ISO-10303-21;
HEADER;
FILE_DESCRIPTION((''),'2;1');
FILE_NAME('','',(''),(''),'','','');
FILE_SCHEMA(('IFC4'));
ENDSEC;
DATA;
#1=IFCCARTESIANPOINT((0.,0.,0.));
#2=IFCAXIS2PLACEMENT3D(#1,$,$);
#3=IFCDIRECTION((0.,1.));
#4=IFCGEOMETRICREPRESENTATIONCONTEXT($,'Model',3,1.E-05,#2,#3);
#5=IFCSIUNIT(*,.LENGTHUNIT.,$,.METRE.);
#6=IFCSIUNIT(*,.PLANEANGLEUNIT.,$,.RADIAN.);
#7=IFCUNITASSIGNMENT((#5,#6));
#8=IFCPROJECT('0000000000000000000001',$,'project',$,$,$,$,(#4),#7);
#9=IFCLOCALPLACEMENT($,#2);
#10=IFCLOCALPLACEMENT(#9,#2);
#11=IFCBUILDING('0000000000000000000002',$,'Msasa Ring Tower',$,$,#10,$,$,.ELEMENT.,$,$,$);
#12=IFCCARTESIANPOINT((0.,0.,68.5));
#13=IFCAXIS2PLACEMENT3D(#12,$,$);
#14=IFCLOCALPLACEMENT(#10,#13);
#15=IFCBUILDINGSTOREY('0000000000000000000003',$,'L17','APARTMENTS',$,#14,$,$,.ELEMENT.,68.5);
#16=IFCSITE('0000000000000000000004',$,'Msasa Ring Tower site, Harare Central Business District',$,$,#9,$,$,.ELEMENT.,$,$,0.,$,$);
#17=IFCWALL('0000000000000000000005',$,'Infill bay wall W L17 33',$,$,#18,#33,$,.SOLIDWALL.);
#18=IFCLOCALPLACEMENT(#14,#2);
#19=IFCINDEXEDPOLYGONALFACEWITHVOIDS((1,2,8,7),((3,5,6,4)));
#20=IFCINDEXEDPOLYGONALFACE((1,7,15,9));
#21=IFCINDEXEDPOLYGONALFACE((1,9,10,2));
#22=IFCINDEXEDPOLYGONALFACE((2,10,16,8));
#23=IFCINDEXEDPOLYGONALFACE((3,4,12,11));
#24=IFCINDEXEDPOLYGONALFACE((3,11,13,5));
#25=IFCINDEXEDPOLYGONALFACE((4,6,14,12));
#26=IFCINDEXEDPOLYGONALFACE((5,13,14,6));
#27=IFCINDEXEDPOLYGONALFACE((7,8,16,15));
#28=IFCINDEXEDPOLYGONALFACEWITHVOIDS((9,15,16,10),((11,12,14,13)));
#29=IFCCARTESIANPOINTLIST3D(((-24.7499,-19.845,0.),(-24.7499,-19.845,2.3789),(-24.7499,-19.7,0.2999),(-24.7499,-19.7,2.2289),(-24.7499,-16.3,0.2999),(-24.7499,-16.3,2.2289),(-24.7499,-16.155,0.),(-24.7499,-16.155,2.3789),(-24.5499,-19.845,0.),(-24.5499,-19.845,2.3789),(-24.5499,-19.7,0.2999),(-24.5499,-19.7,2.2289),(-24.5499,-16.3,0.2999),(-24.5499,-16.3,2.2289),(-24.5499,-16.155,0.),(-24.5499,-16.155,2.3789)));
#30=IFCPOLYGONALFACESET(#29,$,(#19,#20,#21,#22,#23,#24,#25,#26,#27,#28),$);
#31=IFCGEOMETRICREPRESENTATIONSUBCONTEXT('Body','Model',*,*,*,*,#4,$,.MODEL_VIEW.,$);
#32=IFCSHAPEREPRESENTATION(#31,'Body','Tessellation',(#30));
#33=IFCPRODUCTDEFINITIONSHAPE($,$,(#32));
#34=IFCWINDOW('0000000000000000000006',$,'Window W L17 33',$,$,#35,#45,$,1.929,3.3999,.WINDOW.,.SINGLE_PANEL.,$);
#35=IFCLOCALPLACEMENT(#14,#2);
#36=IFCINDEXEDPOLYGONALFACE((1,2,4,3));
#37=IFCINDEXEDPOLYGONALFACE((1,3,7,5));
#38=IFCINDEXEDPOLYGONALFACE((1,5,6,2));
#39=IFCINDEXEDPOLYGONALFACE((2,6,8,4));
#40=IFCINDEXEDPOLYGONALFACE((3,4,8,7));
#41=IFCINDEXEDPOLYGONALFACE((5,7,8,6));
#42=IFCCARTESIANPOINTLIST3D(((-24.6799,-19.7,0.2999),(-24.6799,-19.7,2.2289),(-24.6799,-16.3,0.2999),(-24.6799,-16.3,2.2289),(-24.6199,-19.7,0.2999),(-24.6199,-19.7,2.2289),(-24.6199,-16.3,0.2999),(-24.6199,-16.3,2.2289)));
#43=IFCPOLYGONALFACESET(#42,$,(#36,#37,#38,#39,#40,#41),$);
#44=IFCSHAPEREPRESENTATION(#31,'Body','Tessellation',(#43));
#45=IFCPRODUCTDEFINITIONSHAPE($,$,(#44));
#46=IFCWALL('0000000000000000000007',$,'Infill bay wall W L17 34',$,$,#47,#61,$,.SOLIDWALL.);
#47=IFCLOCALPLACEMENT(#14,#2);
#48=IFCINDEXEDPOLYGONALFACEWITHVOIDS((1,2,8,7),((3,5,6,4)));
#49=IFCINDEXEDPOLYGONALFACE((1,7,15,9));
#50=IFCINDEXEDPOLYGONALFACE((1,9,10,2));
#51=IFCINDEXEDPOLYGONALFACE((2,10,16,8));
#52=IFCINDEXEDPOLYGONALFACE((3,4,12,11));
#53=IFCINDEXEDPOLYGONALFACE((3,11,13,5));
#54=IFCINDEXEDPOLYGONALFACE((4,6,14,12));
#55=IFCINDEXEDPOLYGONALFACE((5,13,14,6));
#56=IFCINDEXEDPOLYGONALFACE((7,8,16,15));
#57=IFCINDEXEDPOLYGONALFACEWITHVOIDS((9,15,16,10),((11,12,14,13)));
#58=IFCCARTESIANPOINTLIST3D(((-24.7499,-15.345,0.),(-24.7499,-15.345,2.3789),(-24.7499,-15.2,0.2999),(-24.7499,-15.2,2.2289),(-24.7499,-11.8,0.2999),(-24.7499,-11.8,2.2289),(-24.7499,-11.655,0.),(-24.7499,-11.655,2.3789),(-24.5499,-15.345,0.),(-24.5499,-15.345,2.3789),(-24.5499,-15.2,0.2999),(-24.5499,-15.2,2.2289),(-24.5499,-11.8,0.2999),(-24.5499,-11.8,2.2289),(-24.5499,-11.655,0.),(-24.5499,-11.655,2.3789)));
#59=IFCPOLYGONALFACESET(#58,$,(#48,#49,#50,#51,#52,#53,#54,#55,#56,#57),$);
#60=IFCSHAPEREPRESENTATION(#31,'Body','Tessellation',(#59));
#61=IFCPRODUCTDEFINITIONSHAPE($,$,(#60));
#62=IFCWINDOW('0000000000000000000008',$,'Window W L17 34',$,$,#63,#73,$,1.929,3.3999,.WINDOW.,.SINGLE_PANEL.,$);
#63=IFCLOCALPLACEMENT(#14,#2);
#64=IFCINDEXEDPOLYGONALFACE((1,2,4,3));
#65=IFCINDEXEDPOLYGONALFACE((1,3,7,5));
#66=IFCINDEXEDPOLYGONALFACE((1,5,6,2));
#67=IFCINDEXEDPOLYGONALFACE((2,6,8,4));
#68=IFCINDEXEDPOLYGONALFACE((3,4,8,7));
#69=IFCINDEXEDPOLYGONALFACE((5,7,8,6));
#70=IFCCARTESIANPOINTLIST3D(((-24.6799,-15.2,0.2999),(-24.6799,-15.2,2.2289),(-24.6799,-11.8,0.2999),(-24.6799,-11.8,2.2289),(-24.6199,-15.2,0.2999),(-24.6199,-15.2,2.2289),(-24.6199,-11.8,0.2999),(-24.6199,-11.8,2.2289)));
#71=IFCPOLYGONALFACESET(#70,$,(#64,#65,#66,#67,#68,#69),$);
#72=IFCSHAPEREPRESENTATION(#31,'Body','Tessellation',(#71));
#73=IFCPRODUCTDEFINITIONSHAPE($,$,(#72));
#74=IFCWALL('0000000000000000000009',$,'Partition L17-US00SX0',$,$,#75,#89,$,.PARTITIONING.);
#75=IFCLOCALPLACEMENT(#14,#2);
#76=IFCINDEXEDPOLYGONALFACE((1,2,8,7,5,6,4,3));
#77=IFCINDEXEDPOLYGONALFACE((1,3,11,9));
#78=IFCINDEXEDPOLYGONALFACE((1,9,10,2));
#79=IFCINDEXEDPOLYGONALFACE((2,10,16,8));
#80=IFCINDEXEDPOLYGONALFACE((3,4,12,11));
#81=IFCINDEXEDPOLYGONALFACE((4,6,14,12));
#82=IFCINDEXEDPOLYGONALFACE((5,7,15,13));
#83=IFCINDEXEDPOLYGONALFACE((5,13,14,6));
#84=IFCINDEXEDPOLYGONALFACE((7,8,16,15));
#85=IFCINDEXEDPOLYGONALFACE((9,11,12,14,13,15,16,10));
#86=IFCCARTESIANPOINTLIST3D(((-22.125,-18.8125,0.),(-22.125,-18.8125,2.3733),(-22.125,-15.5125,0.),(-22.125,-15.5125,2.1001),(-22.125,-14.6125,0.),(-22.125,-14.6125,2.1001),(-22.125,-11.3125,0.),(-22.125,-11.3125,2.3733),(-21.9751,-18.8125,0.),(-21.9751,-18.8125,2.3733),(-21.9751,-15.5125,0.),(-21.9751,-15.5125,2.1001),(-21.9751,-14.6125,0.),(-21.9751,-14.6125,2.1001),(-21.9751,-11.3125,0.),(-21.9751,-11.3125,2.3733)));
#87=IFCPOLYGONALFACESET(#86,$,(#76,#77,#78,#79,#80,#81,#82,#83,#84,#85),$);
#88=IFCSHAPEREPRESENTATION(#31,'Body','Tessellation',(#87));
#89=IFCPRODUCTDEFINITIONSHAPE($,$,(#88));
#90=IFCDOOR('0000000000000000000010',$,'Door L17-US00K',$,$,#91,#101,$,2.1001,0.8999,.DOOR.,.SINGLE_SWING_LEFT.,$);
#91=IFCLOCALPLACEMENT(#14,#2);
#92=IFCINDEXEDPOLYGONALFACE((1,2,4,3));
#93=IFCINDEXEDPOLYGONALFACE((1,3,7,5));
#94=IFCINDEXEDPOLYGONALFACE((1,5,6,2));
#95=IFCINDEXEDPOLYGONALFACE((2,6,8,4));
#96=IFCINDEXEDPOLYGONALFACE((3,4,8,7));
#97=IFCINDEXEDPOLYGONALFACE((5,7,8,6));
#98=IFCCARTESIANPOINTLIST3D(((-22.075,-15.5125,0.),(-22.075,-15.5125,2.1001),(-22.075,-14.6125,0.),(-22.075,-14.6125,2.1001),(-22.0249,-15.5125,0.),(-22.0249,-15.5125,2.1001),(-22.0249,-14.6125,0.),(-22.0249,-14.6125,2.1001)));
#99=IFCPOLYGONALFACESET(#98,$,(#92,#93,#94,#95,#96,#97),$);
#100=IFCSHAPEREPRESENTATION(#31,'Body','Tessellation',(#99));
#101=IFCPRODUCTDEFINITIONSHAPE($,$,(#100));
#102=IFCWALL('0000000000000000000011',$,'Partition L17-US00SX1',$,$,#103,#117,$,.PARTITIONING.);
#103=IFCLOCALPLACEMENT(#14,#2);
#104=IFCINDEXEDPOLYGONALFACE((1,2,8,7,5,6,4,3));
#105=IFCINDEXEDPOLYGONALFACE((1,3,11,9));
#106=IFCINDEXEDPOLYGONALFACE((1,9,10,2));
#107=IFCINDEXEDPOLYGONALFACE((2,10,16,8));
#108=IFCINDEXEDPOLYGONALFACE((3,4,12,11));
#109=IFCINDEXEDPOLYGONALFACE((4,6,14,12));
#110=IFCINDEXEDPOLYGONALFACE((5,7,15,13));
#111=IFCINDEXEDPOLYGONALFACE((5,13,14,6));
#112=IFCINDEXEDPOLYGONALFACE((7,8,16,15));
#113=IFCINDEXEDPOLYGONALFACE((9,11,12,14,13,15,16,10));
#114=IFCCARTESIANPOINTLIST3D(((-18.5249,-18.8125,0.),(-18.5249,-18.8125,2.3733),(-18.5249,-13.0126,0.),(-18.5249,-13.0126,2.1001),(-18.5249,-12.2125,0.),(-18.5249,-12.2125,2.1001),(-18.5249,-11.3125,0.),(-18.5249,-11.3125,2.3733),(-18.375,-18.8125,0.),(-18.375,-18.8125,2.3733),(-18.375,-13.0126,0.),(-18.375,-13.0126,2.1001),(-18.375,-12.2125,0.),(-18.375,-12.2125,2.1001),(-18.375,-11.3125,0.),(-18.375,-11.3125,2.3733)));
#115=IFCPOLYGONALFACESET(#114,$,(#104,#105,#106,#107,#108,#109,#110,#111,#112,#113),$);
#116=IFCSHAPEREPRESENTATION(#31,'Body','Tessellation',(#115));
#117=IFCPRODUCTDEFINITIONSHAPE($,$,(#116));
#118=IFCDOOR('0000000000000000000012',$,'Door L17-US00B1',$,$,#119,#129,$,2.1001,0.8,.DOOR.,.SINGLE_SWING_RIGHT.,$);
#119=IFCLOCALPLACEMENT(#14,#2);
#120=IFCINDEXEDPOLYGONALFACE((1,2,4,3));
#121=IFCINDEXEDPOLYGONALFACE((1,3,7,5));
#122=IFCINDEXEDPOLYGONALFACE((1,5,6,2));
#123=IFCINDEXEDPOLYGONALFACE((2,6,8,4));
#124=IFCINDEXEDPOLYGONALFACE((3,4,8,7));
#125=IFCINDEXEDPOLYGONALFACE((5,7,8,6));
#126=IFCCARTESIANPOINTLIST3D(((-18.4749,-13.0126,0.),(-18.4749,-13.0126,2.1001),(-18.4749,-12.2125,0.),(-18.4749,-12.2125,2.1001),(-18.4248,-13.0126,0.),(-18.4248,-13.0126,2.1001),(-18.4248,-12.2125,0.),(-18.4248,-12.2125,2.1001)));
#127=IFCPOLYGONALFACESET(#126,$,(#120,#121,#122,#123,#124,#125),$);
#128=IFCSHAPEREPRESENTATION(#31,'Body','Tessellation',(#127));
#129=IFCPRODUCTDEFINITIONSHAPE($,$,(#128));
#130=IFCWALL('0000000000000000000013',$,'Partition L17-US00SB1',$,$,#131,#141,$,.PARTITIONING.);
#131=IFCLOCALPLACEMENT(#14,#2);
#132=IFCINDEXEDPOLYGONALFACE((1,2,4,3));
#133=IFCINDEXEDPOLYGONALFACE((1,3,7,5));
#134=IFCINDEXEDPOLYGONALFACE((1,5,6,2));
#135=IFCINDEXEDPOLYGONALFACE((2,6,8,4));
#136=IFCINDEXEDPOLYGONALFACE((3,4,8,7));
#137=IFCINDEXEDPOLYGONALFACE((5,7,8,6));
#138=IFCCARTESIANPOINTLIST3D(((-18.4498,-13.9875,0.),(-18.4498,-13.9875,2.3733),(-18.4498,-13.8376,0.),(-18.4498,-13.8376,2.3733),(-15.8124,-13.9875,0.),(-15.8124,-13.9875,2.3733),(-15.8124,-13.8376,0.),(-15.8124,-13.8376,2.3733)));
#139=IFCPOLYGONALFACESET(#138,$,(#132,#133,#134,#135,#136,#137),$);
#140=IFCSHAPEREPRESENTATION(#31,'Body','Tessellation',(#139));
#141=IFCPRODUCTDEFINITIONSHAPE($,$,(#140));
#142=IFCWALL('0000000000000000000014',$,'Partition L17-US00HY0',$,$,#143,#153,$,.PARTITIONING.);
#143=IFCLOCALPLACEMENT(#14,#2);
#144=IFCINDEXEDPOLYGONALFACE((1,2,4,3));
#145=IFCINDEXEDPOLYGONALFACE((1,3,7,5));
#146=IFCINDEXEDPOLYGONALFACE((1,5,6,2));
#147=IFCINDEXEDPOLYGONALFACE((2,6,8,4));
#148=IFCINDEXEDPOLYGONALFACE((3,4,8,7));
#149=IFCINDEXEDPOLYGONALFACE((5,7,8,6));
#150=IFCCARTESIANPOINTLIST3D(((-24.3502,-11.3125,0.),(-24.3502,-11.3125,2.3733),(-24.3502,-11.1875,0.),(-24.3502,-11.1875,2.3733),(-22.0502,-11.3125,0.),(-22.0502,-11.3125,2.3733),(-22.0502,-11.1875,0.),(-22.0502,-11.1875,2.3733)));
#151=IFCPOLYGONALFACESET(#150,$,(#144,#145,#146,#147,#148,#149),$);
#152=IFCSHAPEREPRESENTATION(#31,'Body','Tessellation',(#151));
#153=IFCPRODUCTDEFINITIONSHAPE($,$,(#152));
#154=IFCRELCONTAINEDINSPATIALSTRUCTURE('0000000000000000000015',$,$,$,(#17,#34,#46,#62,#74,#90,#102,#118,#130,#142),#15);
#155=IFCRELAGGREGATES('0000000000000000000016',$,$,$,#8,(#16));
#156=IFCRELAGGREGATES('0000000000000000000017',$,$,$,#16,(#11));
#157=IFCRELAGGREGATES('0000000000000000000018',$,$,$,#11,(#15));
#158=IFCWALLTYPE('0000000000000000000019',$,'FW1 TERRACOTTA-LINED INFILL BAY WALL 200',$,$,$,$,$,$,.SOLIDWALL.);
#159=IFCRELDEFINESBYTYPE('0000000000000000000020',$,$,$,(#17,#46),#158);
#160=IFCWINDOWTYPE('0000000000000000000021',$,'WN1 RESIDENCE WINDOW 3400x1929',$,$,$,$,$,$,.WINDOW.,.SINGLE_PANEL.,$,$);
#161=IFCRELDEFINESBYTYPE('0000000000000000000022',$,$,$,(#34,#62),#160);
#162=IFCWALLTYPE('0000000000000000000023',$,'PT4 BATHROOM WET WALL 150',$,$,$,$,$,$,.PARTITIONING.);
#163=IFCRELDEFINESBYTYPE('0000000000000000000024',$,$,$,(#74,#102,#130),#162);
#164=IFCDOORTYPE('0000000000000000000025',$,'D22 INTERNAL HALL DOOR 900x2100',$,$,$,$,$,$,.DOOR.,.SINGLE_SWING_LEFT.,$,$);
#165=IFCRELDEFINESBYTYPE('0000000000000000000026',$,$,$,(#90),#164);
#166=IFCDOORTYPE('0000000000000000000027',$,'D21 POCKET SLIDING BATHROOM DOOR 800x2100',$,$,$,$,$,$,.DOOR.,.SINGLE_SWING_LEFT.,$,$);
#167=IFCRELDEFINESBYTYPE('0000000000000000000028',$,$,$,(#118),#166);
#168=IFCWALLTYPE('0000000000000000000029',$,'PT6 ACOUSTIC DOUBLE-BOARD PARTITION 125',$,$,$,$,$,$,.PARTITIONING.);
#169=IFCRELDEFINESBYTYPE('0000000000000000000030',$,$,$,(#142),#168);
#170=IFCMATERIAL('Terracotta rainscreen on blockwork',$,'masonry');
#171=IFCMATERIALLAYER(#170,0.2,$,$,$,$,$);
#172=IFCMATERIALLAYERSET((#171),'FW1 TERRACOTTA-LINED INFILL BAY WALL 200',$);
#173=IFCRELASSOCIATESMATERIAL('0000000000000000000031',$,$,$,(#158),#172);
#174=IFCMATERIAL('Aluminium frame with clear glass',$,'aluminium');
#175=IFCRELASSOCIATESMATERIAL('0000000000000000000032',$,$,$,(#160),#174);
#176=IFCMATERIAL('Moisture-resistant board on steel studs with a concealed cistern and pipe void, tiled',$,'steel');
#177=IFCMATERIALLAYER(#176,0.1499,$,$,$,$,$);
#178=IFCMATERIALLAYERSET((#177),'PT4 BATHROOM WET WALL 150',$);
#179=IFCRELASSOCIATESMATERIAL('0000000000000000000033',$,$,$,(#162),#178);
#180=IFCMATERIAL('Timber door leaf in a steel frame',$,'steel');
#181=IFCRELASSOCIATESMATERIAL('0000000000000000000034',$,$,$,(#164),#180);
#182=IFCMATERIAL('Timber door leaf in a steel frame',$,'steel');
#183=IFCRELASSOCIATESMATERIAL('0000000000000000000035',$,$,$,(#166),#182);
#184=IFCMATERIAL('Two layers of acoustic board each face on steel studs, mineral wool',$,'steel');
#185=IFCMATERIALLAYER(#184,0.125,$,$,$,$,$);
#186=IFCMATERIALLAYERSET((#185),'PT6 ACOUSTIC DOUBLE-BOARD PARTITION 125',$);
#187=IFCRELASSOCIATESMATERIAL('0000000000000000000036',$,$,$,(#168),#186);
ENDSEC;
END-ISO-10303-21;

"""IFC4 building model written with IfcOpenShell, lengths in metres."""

from ifc_helpers import new_model, si_unit, direction, frame, frame_2d, origin, place, context, subcontext, project, spatial, rectangle, extrude, material, layer, layer_set, type_object, element, fill, save


model = new_model("IFC4")

# Units and contexts
model_context = context("Model", 3, precision=1e-05, world=origin(), true_north=direction((0.0, 1.0)))
body_context = subcontext(model_context, "Body", "Model", "MODEL_VIEW")
ifc_project = project(units=[si_unit("LENGTHUNIT", "METRE"), si_unit("PLANEANGLEUNIT", "RADIAN")], contexts=[model_context])

# Site, building, storey
site_placement = place(None, origin())
site = spatial("IfcSite", under=ifc_project, at=site_placement, Name="Msasa Ring Tower site, Harare Central Business District", CompositionType="ELEMENT", RefElevation=0.0)
building_placement = place(site_placement, origin())
building = spatial("IfcBuilding", under=site, at=building_placement, Name="Msasa Ring Tower", CompositionType="ELEMENT")
storey_placement = place(building_placement, frame((0.0, 0.0, 68.5)))
storey = spatial("IfcBuildingStorey", under=building, at=storey_placement, Name="L17", Description="APARTMENTS", CompositionType="ELEMENT", Elevation=68.5)

# Walls, openings, windows
ifc_material_1 = material(Name="Terracotta rainscreen on blockwork", Category="masonry")
ifc_layer_1 = layer(ifc_material_1, 0.2)
ifc_layer_set_1 = layer_set([ifc_layer_1], Name="FW1 TERRACOTTA-LINED INFILL BAY WALL 200")
wall_type_1 = type_object("IfcWallType", Name="FW1 TERRACOTTA-LINED INFILL BAY WALL 200", PredefinedType="SOLIDWALL", material=ifc_layer_set_1)
wall_1_placement = place(storey_placement, frame((-24.6499, -19.845, 0.0), z_axis=(0.0, 0.0, 1.0), x_axis=(0.0, 1.0, 0.0)))
wall_1 = element("IfcWall", 1, at=wall_1_placement, inside=storey, type_object=wall_type_1, Name="Infill bay wall W L17 33", PredefinedType="SOLIDWALL", context=body_context, shape_type="SweptSolid", body=[
    extrude(rectangle(XDim=3.6899, YDim=0.2, at=frame_2d((1.845, 0.0))), origin(), (0.0, 0.0, 1.0), 2.3789),
])
opening_1_placement = place(wall_1_placement, frame((0.145, 0.0, 0.3)))
opening_1 = element("IfcOpeningElement", 2, at=opening_1_placement, cuts=wall_1, PredefinedType="OPENING", context=body_context, shape_type="SweptSolid", body=[
    extrude(rectangle(XDim=3.3999, YDim=1.929, at=frame_2d((1.7, 0.9644))), frame((0.0, 0.1099, 0.0), z_axis=(0.0, -1.0, 0.0), x_axis=(1.0, 0.0, 0.0)), (0.0, 0.0, 1.0), 0.22),
])
ifc_material_2 = material(Name="Aluminium frame with clear glass", Category="aluminium")
window_type = type_object("IfcWindowType", Name="WN1 RESIDENCE WINDOW 3400x1929", PartitioningType="SINGLE_PANEL", PredefinedType="WINDOW", material=ifc_material_2)
window_1_placement = place(opening_1_placement, origin())
window_1 = element("IfcWindow", 3, at=window_1_placement, inside=storey, type_object=window_type, Name="Window W L17 33", OverallHeight=1.929, OverallWidth=3.3999, PartitioningType="SINGLE_PANEL", PredefinedType="WINDOW", context=body_context, shape_type="SweptSolid", body=[
    extrude(rectangle(XDim=3.3999, YDim=1.929, at=frame_2d((1.7, 0.9644))), frame((0.0, 0.03, 0.0), z_axis=(0.0, -1.0, 0.0), x_axis=(1.0, 0.0, 0.0)), (0.0, 0.0, 1.0), 0.0601),
])
fill(opening_1, window_1)
wall_2_placement = place(storey_placement, frame((-24.6499, -15.345, 0.0), z_axis=(0.0, 0.0, 1.0), x_axis=(0.0, 1.0, 0.0)))
wall_2 = element("IfcWall", 4, at=wall_2_placement, inside=storey, type_object=wall_type_1, Name="Infill bay wall W L17 34", PredefinedType="SOLIDWALL", context=body_context, shape_type="SweptSolid", body=[
    extrude(rectangle(XDim=3.6899, YDim=0.2, at=frame_2d((1.845, 0.0))), origin(), (0.0, 0.0, 1.0), 2.3789),
])
opening_2_placement = place(wall_2_placement, frame((0.145, 0.0, 0.3)))
opening_2 = element("IfcOpeningElement", 5, at=opening_2_placement, cuts=wall_2, PredefinedType="OPENING", context=body_context, shape_type="SweptSolid", body=[
    extrude(rectangle(XDim=3.3999, YDim=1.929, at=frame_2d((1.7, 0.9644))), frame((0.0, 0.1099, 0.0), z_axis=(0.0, -1.0, 0.0), x_axis=(1.0, 0.0, 0.0)), (0.0, 0.0, 1.0), 0.22),
])
window_2_placement = place(opening_2_placement, origin())
window_2 = element("IfcWindow", 6, at=window_2_placement, inside=storey, type_object=window_type, Name="Window W L17 34", OverallHeight=1.929, OverallWidth=3.3999, PartitioningType="SINGLE_PANEL", PredefinedType="WINDOW", context=body_context, shape_type="SweptSolid", body=[
    extrude(rectangle(XDim=3.3999, YDim=1.929, at=frame_2d((1.7, 0.9644))), frame((0.0, 0.03, 0.0), z_axis=(0.0, -1.0, 0.0), x_axis=(1.0, 0.0, 0.0)), (0.0, 0.0, 1.0), 0.0601),
])
fill(opening_2, window_2)

# Walls, openings, doors
ifc_material_3 = material(Name="Moisture-resistant board on steel studs with a concealed cistern and pipe void, tiled", Category="steel")
ifc_layer_2 = layer(ifc_material_3, 0.1499)
ifc_layer_set_2 = layer_set([ifc_layer_2], Name="PT4 BATHROOM WET WALL 150")
wall_type_2 = type_object("IfcWallType", Name="PT4 BATHROOM WET WALL 150", PredefinedType="PARTITIONING", material=ifc_layer_set_2)
wall_3_placement = place(storey_placement, frame((-22.05, -18.8125, 0.0), z_axis=(0.0, 0.0, 1.0), x_axis=(0.0, 1.0, 0.0)))
wall_3 = element("IfcWall", 7, at=wall_3_placement, inside=storey, type_object=wall_type_2, Name="Partition L17-US00SX0", PredefinedType="PARTITIONING", context=body_context, shape_type="SweptSolid", body=[
    extrude(rectangle(XDim=7.5, YDim=0.1499, at=frame_2d((3.75, 0.0))), origin(), (0.0, 0.0, 1.0), 2.3733),
])
opening_3_placement = place(wall_3_placement, frame((3.3, 0.0, 0.0)))
opening_3 = element("IfcOpeningElement", 8, at=opening_3_placement, cuts=wall_3, PredefinedType="OPENING", context=body_context, shape_type="SweptSolid", body=[
    extrude(rectangle(XDim=0.8999, YDim=2.1001, at=frame_2d((0.45, 1.05))), frame((0.0, 0.085, 0.0), z_axis=(0.0, -1.0, 0.0), x_axis=(1.0, 0.0, 0.0)), (0.0, 0.0, 1.0), 0.1699),
])
ifc_material_4 = material(Name="Timber door leaf in a steel frame", Category="steel")
door_type_1 = type_object("IfcDoorType", Name="D22 INTERNAL HALL DOOR 900x2100", OperationType="SINGLE_SWING_LEFT", PredefinedType="DOOR", material=ifc_material_4)
door_1_placement = place(opening_3_placement, origin())
door_1 = element("IfcDoor", 9, at=door_1_placement, inside=storey, type_object=door_type_1, Name="Door L17-US00K", OperationType="SINGLE_SWING_LEFT", OverallHeight=2.1001, OverallWidth=0.8999, PredefinedType="DOOR", context=body_context, shape_type="SweptSolid", body=[
    extrude(rectangle(XDim=0.8999, YDim=2.1001, at=frame_2d((0.45, 1.05))), frame((0.0, 0.0249, 0.0), z_axis=(0.0, -1.0, 0.0), x_axis=(1.0, 0.0, 0.0)), (0.0, 0.0, 1.0), 0.05),
])
fill(opening_3, door_1)
wall_4_placement = place(storey_placement, frame((-18.45, -18.8125, 0.0), z_axis=(0.0, 0.0, 1.0), x_axis=(0.0, 1.0, 0.0)))
wall_4 = element("IfcWall", 10, at=wall_4_placement, inside=storey, type_object=wall_type_2, Name="Partition L17-US00SX1", PredefinedType="PARTITIONING", context=body_context, shape_type="SweptSolid", body=[
    extrude(rectangle(XDim=7.5, YDim=0.1499, at=frame_2d((3.75, 0.0))), origin(), (0.0, 0.0, 1.0), 2.3733),
])
opening_4_placement = place(wall_4_placement, frame((5.8, 0.0, 0.0)))
opening_4 = element("IfcOpeningElement", 11, at=opening_4_placement, cuts=wall_4, PredefinedType="OPENING", context=body_context, shape_type="SweptSolid", body=[
    extrude(rectangle(XDim=0.8, YDim=2.1001, at=frame_2d((0.3999, 1.05))), frame((0.0, 0.085, 0.0), z_axis=(0.0, -1.0, 0.0), x_axis=(1.0, 0.0, 0.0)), (0.0, 0.0, 1.0), 0.1699),
])
ifc_material_5 = material(Name="Timber door leaf in a steel frame", Category="steel")
door_type_2 = type_object("IfcDoorType", Name="D21 POCKET SLIDING BATHROOM DOOR 800x2100", OperationType="SINGLE_SWING_LEFT", PredefinedType="DOOR", material=ifc_material_5)
door_2_placement = place(opening_4_placement, origin())
door_2 = element("IfcDoor", 12, at=door_2_placement, inside=storey, type_object=door_type_2, Name="Door L17-US00B1", OperationType="SINGLE_SWING_RIGHT", OverallHeight=2.1001, OverallWidth=0.8, PredefinedType="DOOR", context=body_context, shape_type="SweptSolid", body=[
    extrude(rectangle(XDim=0.8, YDim=2.1001, at=frame_2d((0.3999, 1.05))), frame((0.0, 0.0249, 0.0), z_axis=(0.0, -1.0, 0.0), x_axis=(1.0, 0.0, 0.0)), (0.0, 0.0, 1.0), 0.05),
])
fill(opening_4, door_2)

# Walls
wall_5_placement = place(storey_placement, frame((-18.45, -13.9126, 0.0), z_axis=(0.0, 0.0, 1.0), x_axis=(1.0, 0.0, 0.0)))
element("IfcWall", 13, at=wall_5_placement, inside=storey, type_object=wall_type_2, Name="Partition L17-US00SB1", PredefinedType="PARTITIONING", context=body_context, shape_type="SweptSolid", body=[
    extrude(rectangle(XDim=2.6375, YDim=0.1499, at=frame_2d((1.3188, 0.0))), origin(), (0.0, 0.0, 1.0), 2.3733),
])
ifc_material_6 = material(Name="Two layers of acoustic board each face on steel studs, mineral wool", Category="steel")
ifc_layer_3 = layer(ifc_material_6, 0.125)
ifc_layer_set_3 = layer_set([ifc_layer_3], Name="PT6 ACOUSTIC DOUBLE-BOARD PARTITION 125")
wall_type_3 = type_object("IfcWallType", Name="PT6 ACOUSTIC DOUBLE-BOARD PARTITION 125", PredefinedType="PARTITIONING", material=ifc_layer_set_3)
wall_6_placement = place(storey_placement, frame((-24.3501, -11.25, 0.0), z_axis=(0.0, 0.0, 1.0), x_axis=(1.0, 0.0, 0.0)))
element("IfcWall", 14, at=wall_6_placement, inside=storey, type_object=wall_type_3, Name="Partition L17-US00HY0", PredefinedType="PARTITIONING", context=body_context, shape_type="SweptSolid", body=[
    extrude(rectangle(XDim=2.3, YDim=0.125, at=frame_2d((1.1499, 0.0))), origin(), (0.0, 0.0, 1.0), 2.3733),
])

save(model, "model.ifc")
